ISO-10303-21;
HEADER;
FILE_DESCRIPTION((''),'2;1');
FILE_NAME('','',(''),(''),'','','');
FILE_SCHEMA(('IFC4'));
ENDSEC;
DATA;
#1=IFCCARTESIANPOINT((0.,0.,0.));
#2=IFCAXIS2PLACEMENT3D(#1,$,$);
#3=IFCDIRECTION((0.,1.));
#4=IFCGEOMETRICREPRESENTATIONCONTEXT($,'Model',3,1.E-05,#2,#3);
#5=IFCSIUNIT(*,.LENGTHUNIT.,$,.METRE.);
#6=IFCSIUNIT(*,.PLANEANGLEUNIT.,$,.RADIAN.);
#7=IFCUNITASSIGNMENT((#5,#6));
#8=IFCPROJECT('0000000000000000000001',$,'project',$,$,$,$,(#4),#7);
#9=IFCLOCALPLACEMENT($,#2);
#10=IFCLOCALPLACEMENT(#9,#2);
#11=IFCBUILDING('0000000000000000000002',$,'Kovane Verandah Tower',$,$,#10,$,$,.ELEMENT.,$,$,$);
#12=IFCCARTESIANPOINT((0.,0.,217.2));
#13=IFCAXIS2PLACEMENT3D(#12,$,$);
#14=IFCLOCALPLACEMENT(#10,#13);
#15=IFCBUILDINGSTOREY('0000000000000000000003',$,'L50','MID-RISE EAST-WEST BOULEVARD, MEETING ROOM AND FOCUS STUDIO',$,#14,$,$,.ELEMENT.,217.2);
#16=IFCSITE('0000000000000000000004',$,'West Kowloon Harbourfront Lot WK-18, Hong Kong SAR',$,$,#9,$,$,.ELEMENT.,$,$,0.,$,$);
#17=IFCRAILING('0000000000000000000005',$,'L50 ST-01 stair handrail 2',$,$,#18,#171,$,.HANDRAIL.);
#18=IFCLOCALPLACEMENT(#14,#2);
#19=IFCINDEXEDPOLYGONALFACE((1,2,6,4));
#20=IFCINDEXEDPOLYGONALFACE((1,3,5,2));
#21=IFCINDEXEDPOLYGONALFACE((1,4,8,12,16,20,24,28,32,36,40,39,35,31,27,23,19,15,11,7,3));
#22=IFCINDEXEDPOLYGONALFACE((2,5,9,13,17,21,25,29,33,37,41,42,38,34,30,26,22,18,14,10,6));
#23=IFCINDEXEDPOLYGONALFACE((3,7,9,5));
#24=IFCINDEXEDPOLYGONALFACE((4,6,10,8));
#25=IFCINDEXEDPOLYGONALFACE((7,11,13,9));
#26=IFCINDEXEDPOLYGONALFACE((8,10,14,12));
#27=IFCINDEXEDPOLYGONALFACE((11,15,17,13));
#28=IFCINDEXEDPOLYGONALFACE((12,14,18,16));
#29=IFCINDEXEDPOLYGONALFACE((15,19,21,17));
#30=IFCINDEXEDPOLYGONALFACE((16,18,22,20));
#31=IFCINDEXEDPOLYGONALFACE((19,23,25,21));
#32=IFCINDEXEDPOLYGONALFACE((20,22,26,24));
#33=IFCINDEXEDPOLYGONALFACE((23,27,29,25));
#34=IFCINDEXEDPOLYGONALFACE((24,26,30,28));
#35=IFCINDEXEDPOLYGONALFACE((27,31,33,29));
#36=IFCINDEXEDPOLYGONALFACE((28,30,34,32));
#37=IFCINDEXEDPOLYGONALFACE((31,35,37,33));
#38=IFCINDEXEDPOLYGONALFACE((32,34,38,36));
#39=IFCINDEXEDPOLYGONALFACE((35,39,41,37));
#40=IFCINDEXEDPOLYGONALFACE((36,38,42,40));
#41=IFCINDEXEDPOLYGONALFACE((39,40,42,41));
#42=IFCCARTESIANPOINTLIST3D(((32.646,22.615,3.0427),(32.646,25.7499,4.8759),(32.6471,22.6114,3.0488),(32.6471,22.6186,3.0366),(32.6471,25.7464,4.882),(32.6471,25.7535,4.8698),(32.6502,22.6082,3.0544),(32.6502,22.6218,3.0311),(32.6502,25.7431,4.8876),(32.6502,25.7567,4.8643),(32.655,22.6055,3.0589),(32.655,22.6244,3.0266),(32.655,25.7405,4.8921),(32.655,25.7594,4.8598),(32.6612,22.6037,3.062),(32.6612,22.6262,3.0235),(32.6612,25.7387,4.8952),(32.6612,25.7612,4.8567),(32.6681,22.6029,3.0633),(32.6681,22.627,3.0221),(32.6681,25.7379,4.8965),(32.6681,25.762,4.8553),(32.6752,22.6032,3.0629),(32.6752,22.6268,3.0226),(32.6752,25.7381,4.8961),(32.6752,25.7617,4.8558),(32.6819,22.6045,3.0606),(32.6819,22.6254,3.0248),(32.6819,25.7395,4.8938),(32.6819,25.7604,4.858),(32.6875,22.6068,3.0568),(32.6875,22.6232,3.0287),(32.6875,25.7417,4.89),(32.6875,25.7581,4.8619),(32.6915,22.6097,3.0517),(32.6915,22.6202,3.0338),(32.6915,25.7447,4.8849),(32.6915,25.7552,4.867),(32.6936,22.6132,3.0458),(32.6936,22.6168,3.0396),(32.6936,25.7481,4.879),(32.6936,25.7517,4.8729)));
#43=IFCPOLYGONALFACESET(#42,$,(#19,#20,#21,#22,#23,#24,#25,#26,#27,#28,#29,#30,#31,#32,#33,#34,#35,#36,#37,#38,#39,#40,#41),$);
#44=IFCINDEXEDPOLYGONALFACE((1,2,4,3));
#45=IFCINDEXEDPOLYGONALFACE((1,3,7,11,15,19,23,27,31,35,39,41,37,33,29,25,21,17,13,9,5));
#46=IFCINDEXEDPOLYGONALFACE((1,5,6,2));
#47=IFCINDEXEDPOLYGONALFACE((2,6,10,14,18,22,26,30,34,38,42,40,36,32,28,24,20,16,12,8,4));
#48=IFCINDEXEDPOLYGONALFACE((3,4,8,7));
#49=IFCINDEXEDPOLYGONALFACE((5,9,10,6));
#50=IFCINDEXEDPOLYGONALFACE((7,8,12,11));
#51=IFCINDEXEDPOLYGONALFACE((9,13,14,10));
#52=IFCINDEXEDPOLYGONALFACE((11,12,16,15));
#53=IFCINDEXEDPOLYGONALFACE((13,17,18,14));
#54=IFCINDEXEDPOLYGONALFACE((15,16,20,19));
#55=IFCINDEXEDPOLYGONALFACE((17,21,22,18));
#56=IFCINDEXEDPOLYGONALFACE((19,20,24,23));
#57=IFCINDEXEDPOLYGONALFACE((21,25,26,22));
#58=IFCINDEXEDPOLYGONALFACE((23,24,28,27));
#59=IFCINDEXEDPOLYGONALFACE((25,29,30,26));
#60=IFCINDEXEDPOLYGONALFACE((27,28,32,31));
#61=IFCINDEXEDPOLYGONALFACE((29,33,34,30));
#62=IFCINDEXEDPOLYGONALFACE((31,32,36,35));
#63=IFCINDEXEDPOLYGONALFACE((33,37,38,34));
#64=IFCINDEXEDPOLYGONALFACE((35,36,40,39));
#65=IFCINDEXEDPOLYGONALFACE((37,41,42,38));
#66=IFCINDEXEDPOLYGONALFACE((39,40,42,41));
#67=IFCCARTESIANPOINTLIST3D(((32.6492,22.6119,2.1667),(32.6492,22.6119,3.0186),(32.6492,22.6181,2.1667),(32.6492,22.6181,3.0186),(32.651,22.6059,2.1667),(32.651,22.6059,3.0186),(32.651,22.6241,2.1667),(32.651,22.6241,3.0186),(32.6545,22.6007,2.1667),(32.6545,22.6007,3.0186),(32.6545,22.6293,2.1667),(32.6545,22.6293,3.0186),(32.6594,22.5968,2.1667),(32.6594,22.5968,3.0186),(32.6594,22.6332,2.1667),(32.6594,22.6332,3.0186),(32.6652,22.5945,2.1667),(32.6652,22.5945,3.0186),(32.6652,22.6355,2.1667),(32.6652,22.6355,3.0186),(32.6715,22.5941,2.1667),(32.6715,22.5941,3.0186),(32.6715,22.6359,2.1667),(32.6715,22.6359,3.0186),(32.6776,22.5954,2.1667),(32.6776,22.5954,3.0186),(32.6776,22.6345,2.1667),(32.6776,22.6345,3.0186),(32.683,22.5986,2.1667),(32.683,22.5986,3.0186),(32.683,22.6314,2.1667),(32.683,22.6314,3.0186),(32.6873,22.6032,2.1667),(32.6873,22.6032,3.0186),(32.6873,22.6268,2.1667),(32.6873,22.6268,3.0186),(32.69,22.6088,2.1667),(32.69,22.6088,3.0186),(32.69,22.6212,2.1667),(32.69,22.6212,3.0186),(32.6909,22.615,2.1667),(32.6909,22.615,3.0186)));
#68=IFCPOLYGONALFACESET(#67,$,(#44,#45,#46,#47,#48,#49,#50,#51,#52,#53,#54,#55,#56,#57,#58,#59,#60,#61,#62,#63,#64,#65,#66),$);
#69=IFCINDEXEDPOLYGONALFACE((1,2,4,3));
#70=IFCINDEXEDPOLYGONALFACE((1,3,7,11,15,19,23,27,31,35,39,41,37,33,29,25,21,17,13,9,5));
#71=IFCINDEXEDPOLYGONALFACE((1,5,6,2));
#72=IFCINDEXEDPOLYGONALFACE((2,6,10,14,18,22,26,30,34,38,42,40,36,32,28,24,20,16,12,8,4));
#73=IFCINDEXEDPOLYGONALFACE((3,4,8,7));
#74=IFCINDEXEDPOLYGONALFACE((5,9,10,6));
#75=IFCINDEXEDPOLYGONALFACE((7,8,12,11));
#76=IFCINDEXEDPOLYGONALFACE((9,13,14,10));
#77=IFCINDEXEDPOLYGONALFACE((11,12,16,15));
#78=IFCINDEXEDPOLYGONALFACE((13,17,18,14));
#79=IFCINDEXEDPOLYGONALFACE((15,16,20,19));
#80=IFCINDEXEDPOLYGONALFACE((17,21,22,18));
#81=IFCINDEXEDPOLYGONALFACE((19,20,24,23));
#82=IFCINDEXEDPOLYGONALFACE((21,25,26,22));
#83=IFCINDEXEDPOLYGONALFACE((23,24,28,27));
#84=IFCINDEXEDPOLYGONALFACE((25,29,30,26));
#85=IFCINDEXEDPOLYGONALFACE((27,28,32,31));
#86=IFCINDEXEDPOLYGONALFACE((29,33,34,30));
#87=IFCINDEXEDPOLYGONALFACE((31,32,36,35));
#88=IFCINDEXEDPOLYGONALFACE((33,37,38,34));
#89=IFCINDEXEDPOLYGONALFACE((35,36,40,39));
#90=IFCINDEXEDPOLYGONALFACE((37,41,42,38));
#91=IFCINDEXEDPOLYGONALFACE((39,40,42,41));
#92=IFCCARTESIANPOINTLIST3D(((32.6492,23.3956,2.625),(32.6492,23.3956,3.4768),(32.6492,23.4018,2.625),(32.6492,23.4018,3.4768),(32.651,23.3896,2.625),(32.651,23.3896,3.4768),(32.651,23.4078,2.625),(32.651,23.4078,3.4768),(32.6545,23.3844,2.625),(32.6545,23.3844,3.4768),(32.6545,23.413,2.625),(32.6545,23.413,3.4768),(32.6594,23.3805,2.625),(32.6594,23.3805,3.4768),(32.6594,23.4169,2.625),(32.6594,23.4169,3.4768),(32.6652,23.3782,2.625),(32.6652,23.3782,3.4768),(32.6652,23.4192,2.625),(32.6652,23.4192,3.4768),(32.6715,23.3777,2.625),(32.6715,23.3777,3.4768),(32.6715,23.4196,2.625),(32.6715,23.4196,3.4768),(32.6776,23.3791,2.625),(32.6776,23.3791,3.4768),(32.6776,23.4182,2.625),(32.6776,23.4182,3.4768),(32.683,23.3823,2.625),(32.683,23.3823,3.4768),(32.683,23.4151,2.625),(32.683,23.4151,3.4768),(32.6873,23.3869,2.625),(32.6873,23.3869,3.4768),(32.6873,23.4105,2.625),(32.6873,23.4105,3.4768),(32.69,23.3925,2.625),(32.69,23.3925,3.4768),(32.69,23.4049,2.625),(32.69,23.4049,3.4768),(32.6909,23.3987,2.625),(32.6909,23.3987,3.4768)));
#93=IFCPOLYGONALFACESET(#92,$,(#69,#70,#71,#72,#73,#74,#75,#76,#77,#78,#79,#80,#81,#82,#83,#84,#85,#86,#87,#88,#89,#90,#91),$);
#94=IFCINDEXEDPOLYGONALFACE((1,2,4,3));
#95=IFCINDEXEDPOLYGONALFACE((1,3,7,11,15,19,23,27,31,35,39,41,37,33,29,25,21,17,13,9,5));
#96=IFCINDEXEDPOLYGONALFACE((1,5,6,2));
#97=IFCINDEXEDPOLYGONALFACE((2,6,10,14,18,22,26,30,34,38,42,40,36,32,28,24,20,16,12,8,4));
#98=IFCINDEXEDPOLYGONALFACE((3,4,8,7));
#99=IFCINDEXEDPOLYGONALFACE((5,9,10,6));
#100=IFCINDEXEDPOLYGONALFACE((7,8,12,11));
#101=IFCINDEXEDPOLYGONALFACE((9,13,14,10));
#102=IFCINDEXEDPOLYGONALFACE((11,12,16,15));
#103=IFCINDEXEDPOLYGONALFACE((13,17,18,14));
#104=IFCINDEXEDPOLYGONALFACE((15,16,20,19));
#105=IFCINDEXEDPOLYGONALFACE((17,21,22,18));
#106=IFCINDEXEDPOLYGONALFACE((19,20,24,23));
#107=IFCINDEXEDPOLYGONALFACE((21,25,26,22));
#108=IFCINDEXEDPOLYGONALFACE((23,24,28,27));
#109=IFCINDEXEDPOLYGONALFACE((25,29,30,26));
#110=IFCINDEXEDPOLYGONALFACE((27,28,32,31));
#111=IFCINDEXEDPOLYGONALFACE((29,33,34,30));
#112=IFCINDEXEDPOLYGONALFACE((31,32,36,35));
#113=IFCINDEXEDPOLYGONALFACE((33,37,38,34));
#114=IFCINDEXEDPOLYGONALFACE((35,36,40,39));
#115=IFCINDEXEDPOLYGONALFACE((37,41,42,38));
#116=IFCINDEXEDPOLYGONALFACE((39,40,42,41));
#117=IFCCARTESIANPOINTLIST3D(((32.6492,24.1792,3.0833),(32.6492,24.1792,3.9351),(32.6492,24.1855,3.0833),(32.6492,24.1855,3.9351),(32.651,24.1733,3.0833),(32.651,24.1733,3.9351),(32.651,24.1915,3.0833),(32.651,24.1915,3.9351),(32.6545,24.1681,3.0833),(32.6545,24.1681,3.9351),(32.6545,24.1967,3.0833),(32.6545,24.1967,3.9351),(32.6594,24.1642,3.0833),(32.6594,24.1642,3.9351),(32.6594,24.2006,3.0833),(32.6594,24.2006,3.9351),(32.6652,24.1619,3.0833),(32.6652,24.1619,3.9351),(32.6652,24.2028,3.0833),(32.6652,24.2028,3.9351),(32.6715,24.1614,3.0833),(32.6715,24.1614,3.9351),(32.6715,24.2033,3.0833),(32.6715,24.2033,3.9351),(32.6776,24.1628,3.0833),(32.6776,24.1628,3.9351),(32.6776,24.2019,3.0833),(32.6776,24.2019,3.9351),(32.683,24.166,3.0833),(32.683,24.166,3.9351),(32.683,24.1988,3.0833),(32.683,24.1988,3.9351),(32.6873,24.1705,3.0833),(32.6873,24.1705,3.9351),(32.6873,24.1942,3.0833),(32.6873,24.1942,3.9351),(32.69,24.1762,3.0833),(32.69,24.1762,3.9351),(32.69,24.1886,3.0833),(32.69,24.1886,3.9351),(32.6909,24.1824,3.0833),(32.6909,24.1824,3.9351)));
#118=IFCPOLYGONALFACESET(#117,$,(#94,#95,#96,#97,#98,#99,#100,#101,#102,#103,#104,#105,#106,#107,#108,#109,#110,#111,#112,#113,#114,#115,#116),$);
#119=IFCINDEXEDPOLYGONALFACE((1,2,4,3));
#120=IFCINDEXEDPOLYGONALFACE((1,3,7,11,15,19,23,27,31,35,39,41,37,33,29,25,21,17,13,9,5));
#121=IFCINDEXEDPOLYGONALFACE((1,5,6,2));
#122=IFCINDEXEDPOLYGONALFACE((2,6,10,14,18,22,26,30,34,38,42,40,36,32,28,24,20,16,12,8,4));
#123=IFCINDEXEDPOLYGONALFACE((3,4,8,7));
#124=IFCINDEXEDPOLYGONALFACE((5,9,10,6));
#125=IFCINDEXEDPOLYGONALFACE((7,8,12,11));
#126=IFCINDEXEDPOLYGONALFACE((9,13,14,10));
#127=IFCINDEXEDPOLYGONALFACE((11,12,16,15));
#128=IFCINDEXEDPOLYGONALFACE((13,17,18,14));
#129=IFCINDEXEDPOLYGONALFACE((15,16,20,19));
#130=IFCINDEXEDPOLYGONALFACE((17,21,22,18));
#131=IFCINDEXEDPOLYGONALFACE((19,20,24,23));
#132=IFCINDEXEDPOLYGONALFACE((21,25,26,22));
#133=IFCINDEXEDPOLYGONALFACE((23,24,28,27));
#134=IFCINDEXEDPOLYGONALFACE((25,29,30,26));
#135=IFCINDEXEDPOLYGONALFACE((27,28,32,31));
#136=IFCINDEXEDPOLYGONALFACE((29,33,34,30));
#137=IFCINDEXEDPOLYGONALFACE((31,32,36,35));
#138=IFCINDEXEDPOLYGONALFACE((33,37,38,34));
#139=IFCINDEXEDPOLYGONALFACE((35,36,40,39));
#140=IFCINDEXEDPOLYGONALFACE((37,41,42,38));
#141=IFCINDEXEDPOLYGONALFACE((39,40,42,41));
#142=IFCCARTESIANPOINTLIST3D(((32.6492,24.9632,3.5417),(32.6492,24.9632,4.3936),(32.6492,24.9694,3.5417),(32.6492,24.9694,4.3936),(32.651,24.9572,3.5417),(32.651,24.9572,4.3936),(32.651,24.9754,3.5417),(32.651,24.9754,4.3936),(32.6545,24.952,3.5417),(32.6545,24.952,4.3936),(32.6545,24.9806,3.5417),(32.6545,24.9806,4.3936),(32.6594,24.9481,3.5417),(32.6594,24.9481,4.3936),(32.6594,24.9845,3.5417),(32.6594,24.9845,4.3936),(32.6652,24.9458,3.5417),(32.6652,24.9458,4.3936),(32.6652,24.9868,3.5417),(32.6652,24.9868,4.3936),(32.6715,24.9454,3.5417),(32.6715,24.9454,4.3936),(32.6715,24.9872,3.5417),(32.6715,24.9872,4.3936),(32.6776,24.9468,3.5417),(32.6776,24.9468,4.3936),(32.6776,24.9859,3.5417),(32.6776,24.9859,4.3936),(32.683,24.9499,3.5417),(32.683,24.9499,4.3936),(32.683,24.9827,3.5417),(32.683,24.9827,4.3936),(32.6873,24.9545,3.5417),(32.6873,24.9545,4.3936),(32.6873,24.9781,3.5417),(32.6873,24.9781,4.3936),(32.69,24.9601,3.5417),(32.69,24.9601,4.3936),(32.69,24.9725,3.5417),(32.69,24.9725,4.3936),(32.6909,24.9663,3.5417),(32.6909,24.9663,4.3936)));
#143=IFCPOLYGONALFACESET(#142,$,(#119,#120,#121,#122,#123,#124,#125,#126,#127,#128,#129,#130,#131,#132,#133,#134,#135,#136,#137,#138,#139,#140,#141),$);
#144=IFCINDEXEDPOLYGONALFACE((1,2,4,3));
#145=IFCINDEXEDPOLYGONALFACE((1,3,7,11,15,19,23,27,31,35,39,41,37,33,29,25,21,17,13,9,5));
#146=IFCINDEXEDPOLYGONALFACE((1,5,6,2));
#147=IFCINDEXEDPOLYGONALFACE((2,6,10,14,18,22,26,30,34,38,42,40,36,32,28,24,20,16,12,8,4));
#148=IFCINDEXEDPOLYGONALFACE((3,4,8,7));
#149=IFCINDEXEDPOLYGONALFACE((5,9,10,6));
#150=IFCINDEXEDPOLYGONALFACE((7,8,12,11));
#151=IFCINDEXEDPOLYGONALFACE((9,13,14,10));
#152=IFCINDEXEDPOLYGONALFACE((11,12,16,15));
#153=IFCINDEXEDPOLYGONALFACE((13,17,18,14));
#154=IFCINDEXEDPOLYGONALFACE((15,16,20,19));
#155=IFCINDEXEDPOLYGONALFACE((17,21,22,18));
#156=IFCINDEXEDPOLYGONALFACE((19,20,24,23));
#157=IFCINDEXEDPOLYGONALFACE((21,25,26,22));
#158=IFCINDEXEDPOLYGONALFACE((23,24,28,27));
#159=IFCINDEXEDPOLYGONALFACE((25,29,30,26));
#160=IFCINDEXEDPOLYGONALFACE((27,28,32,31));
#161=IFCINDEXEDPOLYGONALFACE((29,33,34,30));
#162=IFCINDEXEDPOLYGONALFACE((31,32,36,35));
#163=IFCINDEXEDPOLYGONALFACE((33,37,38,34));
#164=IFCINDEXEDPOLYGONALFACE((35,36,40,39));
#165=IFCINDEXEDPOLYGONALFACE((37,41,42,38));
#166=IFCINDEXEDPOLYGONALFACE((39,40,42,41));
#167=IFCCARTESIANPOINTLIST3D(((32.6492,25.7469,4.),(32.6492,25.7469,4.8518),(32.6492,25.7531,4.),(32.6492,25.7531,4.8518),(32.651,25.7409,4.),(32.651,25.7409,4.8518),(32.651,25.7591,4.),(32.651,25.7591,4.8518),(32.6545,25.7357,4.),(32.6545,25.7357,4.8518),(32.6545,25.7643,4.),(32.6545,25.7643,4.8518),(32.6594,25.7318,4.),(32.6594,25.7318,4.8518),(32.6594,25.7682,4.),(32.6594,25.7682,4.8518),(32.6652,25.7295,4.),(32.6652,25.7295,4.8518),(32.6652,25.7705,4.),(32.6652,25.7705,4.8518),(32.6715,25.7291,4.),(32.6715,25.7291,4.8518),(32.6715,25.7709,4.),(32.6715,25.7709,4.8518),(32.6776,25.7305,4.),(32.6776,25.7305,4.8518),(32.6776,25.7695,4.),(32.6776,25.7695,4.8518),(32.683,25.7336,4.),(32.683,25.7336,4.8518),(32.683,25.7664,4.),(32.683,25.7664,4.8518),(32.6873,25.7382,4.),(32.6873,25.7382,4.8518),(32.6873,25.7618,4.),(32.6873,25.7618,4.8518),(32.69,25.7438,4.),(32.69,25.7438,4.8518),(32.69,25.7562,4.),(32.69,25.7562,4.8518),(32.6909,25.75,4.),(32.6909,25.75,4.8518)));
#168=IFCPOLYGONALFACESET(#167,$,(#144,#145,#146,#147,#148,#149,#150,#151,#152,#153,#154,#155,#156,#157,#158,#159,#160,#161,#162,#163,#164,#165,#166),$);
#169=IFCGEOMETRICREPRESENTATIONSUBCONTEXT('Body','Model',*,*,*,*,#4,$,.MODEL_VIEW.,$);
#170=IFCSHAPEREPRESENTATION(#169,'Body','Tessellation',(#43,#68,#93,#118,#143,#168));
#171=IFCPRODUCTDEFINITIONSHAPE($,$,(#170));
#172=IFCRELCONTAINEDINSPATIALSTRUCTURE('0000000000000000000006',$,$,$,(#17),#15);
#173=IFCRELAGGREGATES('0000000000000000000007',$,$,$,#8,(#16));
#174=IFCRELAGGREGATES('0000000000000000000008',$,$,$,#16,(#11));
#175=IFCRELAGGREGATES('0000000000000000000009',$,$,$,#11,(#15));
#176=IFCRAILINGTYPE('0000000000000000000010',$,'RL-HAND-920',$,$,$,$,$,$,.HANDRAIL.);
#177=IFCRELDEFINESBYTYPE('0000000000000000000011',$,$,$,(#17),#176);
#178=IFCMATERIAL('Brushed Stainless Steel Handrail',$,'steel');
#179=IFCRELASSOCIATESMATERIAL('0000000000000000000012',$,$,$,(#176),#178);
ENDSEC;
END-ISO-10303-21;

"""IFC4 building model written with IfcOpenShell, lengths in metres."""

from ifc_helpers import new_model, si_unit, direction, frame, origin, origin_2d, place, context, subcontext, project, spatial, circle, extrude, material, type_object, element, save


model = new_model("IFC4")

# Units and contexts
model_context = context("Model", 3, precision=1e-05, world=origin(), true_north=direction((0.0, 1.0)))
body_context = subcontext(model_context, "Body", "Model", "MODEL_VIEW")
ifc_project = project(units=[si_unit("LENGTHUNIT", "METRE"), si_unit("PLANEANGLEUNIT", "RADIAN")], contexts=[model_context])

# Site, building, storey
site_placement = place(None, origin())
site = spatial("IfcSite", under=ifc_project, at=site_placement, Name="West Kowloon Harbourfront Lot WK-18, Hong Kong SAR", CompositionType="ELEMENT", RefElevation=0.0)
building_placement = place(site_placement, origin())
building = spatial("IfcBuilding", under=site, at=building_placement, Name="Kovane Verandah Tower", CompositionType="ELEMENT")
storey_placement = place(building_placement, frame((0.0, 0.0, 217.2)))
storey = spatial("IfcBuildingStorey", under=building, at=storey_placement, Name="L50", Description="MID-RISE EAST-WEST BOULEVARD, MEETING ROOM AND FOCUS STUDIO", CompositionType="ELEMENT", Elevation=217.2)

# Railing
ifc_material_1 = material(Name="Brushed Stainless Steel Handrail", Category="steel")
railing_type = type_object("IfcRailingType", Name="RL-HAND-920", PredefinedType="HANDRAIL", material=ifc_material_1)
railing_placement = place(storey_placement, frame((32.6699, 22.615, 2.1667)))
element("IfcRailing", 1, at=railing_placement, inside=storey, type_object=railing_type, Name="L50 ST-01 stair handrail 2", PredefinedType="HANDRAIL", context=body_context, shape_type="SweptSolid", body=[
    extrude(circle(Radius=0.0239, at=origin_2d()), frame((0.0, 0.0, 0.876), z_axis=(0.0, 0.86324, 0.504794), x_axis=(-1.0, 0.0, 0.0)), (0.0, 0.0, 1.0), 3.6316),
    extrude(circle(Radius=0.021, at=origin_2d()), origin(), (0.0, 0.0, 1.0), 0.8518),
    extrude(circle(Radius=0.021, at=origin_2d()), frame((0.0, 0.7837, 0.4583)), (0.0, 0.0, 1.0), 0.8518),
    extrude(circle(Radius=0.021, at=origin_2d()), frame((0.0, 1.5674, 0.9165)), (0.0, 0.0, 1.0), 0.8518),
    extrude(circle(Radius=0.021, at=origin_2d()), frame((0.0, 2.3513, 1.375)), (0.0, 0.0, 1.0), 0.8518),
    extrude(circle(Radius=0.021, at=origin_2d()), frame((0.0, 3.135, 1.8333)), (0.0, 0.0, 1.0), 0.8518),
])

save(model, "model.ifc")
